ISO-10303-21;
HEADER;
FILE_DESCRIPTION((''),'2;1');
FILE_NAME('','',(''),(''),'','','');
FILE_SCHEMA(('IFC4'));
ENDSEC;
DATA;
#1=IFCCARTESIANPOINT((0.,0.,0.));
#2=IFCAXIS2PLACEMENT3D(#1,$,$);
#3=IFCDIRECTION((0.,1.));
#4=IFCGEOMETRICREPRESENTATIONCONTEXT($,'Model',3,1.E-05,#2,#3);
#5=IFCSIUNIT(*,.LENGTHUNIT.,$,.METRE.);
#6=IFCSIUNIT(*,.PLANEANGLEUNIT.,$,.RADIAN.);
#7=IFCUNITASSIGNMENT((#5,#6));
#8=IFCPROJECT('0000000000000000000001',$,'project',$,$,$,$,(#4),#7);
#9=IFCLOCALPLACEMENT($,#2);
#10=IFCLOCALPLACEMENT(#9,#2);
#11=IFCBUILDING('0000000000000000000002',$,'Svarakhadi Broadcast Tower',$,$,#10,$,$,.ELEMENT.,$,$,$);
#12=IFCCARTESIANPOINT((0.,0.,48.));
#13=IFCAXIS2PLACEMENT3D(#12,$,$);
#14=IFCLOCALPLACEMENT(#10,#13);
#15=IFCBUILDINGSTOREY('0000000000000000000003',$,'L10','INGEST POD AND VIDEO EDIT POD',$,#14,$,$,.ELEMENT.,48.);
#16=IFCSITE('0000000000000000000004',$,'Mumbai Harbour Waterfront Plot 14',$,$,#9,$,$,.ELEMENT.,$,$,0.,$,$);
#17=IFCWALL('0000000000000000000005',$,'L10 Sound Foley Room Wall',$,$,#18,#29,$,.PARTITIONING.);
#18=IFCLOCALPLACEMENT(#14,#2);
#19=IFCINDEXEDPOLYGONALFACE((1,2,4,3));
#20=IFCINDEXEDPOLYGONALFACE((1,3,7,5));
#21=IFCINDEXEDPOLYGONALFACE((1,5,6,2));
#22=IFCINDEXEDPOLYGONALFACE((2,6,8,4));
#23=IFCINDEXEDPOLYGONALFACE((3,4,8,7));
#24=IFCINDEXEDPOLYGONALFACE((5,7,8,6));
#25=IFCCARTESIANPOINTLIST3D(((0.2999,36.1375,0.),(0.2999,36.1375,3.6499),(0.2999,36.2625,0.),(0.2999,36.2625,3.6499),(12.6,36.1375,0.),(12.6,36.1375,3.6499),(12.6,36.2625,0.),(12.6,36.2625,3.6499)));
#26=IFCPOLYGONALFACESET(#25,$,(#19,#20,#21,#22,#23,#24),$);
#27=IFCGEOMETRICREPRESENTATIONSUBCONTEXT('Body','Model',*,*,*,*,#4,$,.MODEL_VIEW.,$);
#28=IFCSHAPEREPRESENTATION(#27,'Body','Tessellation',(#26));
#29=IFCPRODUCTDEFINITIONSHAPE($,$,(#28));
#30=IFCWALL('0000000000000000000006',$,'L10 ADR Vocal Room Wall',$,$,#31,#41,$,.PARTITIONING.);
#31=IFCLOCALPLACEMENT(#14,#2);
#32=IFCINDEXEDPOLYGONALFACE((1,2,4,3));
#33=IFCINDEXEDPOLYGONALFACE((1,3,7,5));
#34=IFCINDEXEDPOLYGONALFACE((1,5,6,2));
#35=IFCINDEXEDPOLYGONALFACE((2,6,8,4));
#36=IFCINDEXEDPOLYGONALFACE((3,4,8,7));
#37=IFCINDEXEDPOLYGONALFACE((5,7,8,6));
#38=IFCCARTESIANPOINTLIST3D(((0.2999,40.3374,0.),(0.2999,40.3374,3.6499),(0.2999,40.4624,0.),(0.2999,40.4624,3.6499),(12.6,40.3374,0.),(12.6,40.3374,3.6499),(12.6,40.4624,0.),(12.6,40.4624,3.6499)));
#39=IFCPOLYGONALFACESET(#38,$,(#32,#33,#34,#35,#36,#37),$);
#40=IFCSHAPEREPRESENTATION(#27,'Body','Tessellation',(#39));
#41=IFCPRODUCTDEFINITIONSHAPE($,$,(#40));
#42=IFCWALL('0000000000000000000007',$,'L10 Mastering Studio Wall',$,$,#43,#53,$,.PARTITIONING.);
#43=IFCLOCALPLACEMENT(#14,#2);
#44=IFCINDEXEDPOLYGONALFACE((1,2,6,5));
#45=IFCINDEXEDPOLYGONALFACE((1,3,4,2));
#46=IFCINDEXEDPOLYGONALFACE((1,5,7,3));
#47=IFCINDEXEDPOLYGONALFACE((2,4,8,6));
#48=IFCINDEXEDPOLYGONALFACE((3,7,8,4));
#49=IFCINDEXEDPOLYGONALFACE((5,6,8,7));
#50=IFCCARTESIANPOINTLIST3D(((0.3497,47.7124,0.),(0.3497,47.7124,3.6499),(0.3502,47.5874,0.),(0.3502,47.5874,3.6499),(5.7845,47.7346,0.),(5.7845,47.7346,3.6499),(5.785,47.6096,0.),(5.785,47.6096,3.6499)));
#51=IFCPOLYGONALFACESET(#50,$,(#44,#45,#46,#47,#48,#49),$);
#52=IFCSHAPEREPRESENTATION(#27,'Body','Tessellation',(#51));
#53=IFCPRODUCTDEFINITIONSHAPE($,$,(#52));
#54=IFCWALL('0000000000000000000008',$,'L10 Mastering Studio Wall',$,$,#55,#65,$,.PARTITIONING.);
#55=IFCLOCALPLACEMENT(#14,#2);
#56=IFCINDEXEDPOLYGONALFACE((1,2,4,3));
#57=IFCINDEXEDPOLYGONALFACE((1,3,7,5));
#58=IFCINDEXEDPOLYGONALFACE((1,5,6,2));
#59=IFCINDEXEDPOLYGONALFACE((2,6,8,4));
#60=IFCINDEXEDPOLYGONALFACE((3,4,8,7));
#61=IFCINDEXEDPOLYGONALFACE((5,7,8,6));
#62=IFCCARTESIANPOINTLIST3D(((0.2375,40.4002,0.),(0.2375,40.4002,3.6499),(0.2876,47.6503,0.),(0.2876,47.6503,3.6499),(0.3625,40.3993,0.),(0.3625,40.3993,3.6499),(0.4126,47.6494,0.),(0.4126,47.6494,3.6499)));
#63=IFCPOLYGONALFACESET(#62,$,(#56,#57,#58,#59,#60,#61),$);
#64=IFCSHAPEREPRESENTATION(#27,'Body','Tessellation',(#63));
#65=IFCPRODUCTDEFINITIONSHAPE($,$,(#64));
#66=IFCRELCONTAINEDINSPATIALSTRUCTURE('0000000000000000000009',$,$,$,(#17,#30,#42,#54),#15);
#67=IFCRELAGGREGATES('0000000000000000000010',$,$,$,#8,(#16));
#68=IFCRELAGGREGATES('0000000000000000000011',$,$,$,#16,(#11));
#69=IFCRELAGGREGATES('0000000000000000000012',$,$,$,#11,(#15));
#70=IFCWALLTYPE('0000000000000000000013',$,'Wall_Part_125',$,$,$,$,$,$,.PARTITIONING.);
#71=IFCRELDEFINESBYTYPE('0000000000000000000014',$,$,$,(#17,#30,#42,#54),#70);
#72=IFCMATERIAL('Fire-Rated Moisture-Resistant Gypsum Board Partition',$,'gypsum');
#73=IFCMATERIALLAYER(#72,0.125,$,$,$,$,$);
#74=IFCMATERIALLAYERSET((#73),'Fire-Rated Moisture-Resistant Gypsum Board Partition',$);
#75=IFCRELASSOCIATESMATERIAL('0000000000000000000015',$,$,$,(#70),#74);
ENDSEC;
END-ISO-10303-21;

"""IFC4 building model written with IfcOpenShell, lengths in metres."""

from ifc_helpers import new_model, si_unit, direction, frame, frame_2d, origin, place, context, subcontext, project, spatial, rectangle, extrude, material, layer, layer_set, type_object, element, save


model = new_model("IFC4")

# Units and contexts
model_context = context("Model", 3, precision=1e-05, world=origin(), true_north=direction((0.0, 1.0)))
body_context = subcontext(model_context, "Body", "Model", "MODEL_VIEW")
ifc_project = project(units=[si_unit("LENGTHUNIT", "METRE"), si_unit("PLANEANGLEUNIT", "RADIAN")], contexts=[model_context])

# Site, building, storey
site_placement = place(None, origin())
site = spatial("IfcSite", under=ifc_project, at=site_placement, Name="Mumbai Harbour Waterfront Plot 14", CompositionType="ELEMENT", RefElevation=0.0)
building_placement = place(site_placement, origin())
building = spatial("IfcBuilding", under=site, at=building_placement, Name="Svarakhadi Broadcast Tower", CompositionType="ELEMENT")
storey_placement = place(building_placement, frame((0.0, 0.0, 48.0)))
storey = spatial("IfcBuildingStorey", under=building, at=storey_placement, Name="L10", Description="INGEST POD AND VIDEO EDIT POD", CompositionType="ELEMENT", Elevation=48.0)

# Walls
ifc_material_1 = material(Name="Fire-Rated Moisture-Resistant Gypsum Board Partition", Category="gypsum")
ifc_layer_1 = layer(ifc_material_1, 0.125)
ifc_layer_set_1 = layer_set([ifc_layer_1], Name="Fire-Rated Moisture-Resistant Gypsum Board Partition")
wall_type_1 = type_object("IfcWallType", Name="Wall_Part_125", PredefinedType="PARTITIONING", material=ifc_layer_set_1)
for number, where, z_axis, x_axis, name in (
    (1, (0.3, 36.2, 0.0), (0.0, 0.0, 1.0), (1.0, 0.0, 0.0), "L10 Sound Foley Room Wall"),
    (2, (0.3, 40.3999, 0.0), (0.0, 0.0, 1.0), (1.0, 0.0, 0.0), "L10 ADR Vocal Room Wall"),
):
    element("IfcWall", number, at=place(storey_placement, frame(where, z_axis=z_axis, x_axis=x_axis)), inside=storey, type_object=wall_type_1, Name=name, PredefinedType="PARTITIONING", context=body_context, shape_type="SweptSolid", body=[
        extrude(rectangle(XDim=12.3, YDim=0.125, at=frame_2d((6.1499, 0.0))), origin(), (0.0, 0.0, 1.0), 3.6499),
    ])
wall_1_placement = place(storey_placement, frame((0.3501, 47.6499, 0.0), z_axis=(0.0, 0.0, 1.0), x_axis=(0.999992, 0.004088, 0.0)))
element("IfcWall", 3, at=wall_1_placement, inside=storey, type_object=wall_type_1, Name="L10 Mastering Studio Wall", PredefinedType="PARTITIONING", context=body_context, shape_type="SweptSolid", body=[
    extrude(rectangle(XDim=5.4348, YDim=0.125, at=frame_2d((2.7173, 0.0))), origin(), (0.0, 0.0, 1.0), 3.6499),
])
wall_2_placement = place(storey_placement, frame((0.3, 40.3999, 0.0), z_axis=(0.0, 0.0, 1.0), x_axis=(0.006903, 0.999976, 0.0)))
element("IfcWall", 4, at=wall_2_placement, inside=storey, type_object=wall_type_1, Name="L10 Mastering Studio Wall", PredefinedType="PARTITIONING", context=body_context, shape_type="SweptSolid", body=[
    extrude(rectangle(XDim=7.2502, YDim=0.125, at=frame_2d((3.625, 0.0))), origin(), (0.0, 0.0, 1.0), 3.6499),
])

save(model, "model.ifc")
